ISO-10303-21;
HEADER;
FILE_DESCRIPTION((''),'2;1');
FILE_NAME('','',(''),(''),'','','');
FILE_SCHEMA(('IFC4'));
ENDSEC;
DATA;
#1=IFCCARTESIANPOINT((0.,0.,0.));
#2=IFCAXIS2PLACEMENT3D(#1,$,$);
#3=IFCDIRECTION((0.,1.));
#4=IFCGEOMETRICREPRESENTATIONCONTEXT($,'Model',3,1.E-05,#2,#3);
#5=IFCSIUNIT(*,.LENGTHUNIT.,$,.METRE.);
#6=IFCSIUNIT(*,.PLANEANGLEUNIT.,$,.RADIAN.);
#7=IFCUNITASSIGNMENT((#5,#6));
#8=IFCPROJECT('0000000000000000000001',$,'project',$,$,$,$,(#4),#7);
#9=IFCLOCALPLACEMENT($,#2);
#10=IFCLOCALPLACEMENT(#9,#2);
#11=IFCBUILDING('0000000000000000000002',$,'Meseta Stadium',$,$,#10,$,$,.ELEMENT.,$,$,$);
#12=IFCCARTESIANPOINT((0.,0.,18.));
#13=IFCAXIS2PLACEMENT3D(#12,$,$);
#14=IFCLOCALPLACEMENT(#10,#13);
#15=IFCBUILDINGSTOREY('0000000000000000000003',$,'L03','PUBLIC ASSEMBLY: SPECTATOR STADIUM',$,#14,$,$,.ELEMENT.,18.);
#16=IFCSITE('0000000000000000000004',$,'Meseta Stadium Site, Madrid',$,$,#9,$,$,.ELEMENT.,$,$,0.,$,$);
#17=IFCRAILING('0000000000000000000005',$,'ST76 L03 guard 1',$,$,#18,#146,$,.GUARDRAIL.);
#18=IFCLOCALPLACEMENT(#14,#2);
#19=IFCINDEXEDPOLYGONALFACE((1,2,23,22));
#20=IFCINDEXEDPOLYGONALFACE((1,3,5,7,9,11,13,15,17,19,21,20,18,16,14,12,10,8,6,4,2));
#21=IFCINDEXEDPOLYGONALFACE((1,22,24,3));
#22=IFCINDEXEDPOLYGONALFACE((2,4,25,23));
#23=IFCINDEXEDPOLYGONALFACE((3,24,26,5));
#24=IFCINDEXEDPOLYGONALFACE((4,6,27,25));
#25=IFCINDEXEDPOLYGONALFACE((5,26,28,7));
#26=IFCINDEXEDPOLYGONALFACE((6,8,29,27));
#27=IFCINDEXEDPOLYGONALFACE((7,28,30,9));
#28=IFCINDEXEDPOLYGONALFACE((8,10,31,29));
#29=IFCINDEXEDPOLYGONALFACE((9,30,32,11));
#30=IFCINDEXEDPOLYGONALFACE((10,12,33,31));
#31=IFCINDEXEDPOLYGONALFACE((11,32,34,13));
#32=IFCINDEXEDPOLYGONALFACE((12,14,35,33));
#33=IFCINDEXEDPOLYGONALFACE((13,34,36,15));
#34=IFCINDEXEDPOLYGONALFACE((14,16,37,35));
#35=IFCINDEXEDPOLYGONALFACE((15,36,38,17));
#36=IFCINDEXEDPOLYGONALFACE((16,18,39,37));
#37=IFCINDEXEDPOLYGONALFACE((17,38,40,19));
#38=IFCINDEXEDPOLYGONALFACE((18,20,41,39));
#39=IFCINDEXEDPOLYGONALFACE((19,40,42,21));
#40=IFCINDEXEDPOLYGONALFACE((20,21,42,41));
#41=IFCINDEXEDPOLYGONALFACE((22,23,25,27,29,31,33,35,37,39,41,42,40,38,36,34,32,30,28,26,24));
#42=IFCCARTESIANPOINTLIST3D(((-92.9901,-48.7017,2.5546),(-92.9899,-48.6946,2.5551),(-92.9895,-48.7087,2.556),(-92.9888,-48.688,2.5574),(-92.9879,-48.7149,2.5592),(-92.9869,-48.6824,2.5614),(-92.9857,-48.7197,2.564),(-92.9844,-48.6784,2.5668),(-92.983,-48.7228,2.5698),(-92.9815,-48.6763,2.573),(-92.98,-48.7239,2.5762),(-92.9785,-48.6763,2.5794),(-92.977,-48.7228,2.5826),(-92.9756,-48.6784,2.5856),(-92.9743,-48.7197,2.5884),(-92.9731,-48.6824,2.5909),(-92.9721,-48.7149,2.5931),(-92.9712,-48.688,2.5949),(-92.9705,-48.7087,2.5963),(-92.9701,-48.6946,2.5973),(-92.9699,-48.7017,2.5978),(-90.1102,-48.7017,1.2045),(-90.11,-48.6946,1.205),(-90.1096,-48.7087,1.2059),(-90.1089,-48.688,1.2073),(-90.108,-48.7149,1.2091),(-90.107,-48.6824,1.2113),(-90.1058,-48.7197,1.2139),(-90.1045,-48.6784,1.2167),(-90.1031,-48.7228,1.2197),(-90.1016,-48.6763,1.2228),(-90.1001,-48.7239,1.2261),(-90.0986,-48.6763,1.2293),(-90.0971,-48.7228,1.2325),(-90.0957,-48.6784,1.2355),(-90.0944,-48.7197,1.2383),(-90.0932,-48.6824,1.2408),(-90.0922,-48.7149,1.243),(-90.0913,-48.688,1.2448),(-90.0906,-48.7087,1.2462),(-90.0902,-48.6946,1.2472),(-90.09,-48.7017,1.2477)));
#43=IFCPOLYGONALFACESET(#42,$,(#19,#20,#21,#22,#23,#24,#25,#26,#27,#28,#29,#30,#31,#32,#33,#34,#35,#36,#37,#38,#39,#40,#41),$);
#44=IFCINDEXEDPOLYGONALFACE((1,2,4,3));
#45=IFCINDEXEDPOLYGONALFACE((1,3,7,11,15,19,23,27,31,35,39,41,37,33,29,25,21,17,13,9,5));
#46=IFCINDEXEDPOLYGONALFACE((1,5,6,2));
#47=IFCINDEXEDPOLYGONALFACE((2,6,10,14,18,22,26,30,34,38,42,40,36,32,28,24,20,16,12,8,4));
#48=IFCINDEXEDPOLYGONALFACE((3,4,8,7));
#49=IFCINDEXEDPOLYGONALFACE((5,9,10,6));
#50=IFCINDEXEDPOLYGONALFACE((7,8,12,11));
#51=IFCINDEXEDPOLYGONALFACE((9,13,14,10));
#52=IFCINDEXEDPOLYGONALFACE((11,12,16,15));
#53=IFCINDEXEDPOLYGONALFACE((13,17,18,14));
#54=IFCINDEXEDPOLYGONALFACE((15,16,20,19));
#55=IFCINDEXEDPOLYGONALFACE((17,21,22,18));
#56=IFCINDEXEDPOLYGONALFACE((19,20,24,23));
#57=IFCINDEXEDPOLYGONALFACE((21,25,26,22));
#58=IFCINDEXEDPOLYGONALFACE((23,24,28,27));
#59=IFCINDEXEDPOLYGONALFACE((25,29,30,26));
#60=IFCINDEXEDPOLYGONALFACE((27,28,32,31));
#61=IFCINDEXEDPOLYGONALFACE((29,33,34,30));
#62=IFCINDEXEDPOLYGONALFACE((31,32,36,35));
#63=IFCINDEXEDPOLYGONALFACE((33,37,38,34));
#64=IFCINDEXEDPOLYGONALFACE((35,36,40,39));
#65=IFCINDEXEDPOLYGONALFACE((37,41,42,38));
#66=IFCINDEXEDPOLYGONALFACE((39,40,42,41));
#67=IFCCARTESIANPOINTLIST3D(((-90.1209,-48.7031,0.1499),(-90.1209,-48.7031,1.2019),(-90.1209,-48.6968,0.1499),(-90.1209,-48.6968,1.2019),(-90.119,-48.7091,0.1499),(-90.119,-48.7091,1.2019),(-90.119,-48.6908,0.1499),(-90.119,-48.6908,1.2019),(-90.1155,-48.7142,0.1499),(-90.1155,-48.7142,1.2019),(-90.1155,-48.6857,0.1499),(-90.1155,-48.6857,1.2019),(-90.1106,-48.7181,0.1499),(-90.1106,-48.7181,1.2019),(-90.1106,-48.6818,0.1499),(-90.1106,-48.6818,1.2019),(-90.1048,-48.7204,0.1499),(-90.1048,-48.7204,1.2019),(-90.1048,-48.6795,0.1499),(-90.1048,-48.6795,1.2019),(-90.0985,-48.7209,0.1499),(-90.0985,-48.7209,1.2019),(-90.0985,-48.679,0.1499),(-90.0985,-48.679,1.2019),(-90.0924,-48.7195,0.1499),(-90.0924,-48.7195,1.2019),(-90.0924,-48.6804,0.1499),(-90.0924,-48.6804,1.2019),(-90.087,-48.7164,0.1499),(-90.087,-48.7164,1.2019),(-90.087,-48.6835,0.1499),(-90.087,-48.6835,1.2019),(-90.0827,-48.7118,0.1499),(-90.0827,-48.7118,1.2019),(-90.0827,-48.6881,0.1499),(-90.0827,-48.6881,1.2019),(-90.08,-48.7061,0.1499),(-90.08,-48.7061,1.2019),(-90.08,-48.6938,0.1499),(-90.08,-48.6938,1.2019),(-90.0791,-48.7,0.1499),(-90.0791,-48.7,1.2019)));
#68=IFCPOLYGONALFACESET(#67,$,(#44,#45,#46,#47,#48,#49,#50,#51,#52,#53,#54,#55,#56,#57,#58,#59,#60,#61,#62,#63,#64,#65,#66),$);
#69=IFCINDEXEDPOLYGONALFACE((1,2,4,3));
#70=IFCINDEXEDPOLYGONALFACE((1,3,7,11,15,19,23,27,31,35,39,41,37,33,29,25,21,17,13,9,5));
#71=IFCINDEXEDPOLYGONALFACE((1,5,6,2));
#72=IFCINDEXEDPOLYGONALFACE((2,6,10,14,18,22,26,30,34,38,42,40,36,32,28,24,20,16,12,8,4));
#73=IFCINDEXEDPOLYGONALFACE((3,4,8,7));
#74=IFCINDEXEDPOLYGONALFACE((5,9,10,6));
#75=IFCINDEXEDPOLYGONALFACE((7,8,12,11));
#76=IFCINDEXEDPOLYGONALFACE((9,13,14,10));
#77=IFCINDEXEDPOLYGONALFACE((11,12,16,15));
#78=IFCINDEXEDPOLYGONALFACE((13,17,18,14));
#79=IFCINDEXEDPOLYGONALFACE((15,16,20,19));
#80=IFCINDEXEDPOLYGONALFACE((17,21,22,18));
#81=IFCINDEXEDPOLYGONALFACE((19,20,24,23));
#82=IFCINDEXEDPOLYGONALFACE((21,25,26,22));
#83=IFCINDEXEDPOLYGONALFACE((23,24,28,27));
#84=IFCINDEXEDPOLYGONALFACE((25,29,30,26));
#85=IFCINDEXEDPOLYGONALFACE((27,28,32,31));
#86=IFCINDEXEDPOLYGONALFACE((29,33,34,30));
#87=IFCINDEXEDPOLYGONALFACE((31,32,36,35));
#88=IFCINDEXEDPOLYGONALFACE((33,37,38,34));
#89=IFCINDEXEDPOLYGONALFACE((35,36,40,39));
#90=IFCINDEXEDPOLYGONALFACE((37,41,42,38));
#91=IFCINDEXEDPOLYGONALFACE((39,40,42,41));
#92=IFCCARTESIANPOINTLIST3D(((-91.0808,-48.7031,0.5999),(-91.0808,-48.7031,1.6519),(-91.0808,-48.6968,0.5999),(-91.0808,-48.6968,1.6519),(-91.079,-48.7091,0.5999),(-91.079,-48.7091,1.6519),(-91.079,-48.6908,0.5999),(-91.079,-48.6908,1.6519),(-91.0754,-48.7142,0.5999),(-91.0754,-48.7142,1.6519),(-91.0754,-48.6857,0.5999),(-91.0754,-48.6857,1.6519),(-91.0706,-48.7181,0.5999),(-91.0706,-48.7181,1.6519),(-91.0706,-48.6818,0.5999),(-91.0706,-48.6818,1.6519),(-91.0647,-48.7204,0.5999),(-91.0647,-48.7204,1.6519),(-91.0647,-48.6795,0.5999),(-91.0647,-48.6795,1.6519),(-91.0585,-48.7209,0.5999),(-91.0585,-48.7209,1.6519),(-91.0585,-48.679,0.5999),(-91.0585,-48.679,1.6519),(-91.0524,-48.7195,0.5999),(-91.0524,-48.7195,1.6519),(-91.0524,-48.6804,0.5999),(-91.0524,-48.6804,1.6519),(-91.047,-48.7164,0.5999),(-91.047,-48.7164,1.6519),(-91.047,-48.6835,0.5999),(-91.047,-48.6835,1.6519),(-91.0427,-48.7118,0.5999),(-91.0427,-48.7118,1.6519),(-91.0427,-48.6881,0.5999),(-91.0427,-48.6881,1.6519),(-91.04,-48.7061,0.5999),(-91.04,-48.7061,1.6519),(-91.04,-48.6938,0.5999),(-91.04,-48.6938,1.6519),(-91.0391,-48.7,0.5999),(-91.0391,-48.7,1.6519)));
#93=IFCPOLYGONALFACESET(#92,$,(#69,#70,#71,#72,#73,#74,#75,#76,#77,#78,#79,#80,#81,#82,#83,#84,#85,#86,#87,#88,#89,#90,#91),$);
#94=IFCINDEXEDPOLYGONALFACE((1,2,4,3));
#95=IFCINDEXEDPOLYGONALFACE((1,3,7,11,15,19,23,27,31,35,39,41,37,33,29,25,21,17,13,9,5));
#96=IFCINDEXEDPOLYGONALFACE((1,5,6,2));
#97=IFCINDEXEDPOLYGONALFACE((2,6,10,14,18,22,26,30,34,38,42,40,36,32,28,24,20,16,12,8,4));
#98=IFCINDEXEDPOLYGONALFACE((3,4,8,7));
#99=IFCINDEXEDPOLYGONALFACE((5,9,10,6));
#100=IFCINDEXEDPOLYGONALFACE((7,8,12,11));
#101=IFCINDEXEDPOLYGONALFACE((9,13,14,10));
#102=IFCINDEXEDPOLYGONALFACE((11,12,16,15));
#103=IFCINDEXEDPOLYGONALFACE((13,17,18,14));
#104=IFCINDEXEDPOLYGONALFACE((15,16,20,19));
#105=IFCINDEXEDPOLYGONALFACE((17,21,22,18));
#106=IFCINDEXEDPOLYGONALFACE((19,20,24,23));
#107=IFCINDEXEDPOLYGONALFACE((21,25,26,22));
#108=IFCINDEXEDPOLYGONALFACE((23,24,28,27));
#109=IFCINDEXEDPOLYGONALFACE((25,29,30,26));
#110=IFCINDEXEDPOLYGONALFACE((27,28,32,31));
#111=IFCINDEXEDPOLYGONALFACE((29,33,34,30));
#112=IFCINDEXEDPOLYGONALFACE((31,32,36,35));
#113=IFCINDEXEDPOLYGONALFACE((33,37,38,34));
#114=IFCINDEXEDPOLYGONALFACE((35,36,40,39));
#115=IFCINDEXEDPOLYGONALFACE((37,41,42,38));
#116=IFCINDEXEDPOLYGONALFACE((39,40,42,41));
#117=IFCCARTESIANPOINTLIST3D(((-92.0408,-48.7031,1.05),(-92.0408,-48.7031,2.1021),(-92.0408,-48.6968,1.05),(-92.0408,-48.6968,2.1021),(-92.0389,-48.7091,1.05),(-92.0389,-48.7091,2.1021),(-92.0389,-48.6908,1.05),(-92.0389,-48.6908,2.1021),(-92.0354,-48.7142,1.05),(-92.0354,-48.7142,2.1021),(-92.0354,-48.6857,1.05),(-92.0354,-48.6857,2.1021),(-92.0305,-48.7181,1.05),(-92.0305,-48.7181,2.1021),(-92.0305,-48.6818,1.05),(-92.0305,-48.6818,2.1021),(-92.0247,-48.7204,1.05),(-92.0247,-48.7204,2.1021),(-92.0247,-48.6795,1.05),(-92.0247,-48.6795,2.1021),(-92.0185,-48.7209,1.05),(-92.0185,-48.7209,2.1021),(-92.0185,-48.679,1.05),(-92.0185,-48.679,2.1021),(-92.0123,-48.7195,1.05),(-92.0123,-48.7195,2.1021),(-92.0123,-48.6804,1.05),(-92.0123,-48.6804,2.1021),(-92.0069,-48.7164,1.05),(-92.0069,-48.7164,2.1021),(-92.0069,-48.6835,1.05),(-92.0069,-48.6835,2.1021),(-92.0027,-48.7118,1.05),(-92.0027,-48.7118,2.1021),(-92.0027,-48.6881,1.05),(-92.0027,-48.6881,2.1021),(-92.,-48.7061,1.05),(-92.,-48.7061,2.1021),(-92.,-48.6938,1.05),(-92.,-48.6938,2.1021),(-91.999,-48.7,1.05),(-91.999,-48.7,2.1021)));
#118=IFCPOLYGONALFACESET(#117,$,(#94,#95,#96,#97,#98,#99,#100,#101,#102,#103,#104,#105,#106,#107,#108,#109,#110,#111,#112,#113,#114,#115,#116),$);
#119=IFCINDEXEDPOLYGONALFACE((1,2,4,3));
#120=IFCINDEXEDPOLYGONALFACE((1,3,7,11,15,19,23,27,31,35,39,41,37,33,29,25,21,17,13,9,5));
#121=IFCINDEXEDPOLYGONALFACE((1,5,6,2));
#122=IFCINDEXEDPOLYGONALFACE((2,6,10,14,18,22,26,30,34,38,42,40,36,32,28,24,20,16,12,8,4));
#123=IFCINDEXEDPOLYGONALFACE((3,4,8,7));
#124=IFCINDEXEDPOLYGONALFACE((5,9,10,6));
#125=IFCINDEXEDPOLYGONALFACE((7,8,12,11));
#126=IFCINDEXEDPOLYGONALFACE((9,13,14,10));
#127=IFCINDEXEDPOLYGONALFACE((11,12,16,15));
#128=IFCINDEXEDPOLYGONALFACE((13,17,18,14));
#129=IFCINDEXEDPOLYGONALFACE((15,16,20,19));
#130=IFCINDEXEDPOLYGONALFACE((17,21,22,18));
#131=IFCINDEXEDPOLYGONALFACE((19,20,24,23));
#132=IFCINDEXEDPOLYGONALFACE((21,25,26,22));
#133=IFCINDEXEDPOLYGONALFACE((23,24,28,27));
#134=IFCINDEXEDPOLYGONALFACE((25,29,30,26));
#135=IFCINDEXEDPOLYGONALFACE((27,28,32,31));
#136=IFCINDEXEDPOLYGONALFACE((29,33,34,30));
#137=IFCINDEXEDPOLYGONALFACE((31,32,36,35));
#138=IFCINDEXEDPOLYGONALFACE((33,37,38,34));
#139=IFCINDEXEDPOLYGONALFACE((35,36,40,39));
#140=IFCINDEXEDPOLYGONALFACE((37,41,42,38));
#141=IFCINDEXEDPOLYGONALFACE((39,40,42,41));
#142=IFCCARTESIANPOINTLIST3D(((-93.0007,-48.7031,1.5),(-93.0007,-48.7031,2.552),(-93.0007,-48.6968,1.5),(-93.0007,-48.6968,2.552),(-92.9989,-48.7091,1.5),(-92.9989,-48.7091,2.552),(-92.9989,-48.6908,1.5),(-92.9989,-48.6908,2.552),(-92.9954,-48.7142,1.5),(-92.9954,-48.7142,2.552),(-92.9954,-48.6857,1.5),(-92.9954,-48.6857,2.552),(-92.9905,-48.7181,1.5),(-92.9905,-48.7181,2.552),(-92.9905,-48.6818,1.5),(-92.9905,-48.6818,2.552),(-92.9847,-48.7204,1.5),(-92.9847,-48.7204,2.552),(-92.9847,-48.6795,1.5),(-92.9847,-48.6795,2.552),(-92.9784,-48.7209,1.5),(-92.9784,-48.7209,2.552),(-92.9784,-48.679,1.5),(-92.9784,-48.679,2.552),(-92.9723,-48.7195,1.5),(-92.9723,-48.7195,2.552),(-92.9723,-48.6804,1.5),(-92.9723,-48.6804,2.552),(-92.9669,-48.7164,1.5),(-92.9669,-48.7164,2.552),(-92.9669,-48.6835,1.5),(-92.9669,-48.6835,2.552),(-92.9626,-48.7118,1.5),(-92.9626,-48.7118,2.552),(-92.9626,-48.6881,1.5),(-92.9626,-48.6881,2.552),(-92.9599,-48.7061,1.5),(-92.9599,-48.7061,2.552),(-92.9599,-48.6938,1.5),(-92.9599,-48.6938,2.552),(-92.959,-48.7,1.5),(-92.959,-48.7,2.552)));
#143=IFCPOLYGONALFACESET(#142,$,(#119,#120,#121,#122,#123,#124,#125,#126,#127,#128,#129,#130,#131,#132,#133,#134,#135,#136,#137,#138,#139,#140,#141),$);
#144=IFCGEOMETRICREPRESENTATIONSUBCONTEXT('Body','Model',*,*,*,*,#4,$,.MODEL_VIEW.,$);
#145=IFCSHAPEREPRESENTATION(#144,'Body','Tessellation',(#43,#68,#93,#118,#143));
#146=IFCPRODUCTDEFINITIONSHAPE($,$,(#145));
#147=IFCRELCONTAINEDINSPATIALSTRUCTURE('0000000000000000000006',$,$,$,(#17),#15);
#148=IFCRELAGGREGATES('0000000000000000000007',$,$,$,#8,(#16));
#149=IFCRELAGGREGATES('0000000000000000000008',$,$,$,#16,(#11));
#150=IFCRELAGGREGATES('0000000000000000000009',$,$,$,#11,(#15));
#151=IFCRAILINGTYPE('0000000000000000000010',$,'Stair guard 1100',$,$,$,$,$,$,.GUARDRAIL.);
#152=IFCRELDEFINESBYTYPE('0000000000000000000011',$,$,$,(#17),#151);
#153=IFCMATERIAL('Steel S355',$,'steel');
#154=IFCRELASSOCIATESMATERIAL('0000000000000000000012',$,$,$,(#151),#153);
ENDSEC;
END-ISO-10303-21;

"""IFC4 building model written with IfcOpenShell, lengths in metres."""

from ifc_helpers import new_model, si_unit, direction, frame, origin, origin_2d, place, context, subcontext, project, spatial, circle, extrude, material, type_object, element, save


model = new_model("IFC4")

# Units and contexts
model_context = context("Model", 3, precision=1e-05, world=origin(), true_north=direction((0.0, 1.0)))
body_context = subcontext(model_context, "Body", "Model", "MODEL_VIEW")
ifc_project = project(units=[si_unit("LENGTHUNIT", "METRE"), si_unit("PLANEANGLEUNIT", "RADIAN")], contexts=[model_context])

# Site, building, storey
site_placement = place(None, origin())
site = spatial("IfcSite", under=ifc_project, at=site_placement, Name="Meseta Stadium Site, Madrid", CompositionType="ELEMENT", RefElevation=0.0)
building_placement = place(site_placement, origin())
building = spatial("IfcBuilding", under=site, at=building_placement, Name="Meseta Stadium", CompositionType="ELEMENT")
storey_placement = place(building_placement, frame((0.0, 0.0, 18.0)))
storey = spatial("IfcBuildingStorey", under=building, at=storey_placement, Name="L03", Description="PUBLIC ASSEMBLY: SPECTATOR STADIUM", CompositionType="ELEMENT", Elevation=18.0)

# Railing
ifc_material_1 = material(Name="Steel S355", Category="steel")
railing_type_1 = type_object("IfcRailingType", Name="Stair guard 1100", PredefinedType="GUARDRAIL", material=ifc_material_1)
railing_1_placement = place(storey_placement, frame((-90.1001, -48.7, 0.1499)))
element("IfcRailing", 1, at=railing_1_placement, inside=storey, type_object=railing_type_1, Name="ST76 L03 guard 1", PredefinedType="GUARDRAIL", context=body_context, shape_type="SweptSolid", body=[
    extrude(circle(Radius=0.0239, at=origin_2d()), frame((0.0, 0.0, 1.0762), z_axis=(-0.90544, 0.0, 0.424473), x_axis=(0.0, -1.0, 0.0)), (0.0, 0.0, 1.0), 3.1807),
    extrude(circle(Radius=0.021, at=origin_2d()), origin(), (0.0, 0.0, 1.0), 1.052),
    extrude(circle(Radius=0.021, at=origin_2d()), frame((-0.96, 0.0, 0.45)), (0.0, 0.0, 1.0), 1.052),
    extrude(circle(Radius=0.021, at=origin_2d()), frame((-1.9199, 0.0, 0.9001)), (0.0, 0.0, 1.0), 1.052),
    extrude(circle(Radius=0.021, at=origin_2d()), frame((-2.8799, 0.0, 1.3501)), (0.0, 0.0, 1.0), 1.052),
])

save(model, "model.ifc")
